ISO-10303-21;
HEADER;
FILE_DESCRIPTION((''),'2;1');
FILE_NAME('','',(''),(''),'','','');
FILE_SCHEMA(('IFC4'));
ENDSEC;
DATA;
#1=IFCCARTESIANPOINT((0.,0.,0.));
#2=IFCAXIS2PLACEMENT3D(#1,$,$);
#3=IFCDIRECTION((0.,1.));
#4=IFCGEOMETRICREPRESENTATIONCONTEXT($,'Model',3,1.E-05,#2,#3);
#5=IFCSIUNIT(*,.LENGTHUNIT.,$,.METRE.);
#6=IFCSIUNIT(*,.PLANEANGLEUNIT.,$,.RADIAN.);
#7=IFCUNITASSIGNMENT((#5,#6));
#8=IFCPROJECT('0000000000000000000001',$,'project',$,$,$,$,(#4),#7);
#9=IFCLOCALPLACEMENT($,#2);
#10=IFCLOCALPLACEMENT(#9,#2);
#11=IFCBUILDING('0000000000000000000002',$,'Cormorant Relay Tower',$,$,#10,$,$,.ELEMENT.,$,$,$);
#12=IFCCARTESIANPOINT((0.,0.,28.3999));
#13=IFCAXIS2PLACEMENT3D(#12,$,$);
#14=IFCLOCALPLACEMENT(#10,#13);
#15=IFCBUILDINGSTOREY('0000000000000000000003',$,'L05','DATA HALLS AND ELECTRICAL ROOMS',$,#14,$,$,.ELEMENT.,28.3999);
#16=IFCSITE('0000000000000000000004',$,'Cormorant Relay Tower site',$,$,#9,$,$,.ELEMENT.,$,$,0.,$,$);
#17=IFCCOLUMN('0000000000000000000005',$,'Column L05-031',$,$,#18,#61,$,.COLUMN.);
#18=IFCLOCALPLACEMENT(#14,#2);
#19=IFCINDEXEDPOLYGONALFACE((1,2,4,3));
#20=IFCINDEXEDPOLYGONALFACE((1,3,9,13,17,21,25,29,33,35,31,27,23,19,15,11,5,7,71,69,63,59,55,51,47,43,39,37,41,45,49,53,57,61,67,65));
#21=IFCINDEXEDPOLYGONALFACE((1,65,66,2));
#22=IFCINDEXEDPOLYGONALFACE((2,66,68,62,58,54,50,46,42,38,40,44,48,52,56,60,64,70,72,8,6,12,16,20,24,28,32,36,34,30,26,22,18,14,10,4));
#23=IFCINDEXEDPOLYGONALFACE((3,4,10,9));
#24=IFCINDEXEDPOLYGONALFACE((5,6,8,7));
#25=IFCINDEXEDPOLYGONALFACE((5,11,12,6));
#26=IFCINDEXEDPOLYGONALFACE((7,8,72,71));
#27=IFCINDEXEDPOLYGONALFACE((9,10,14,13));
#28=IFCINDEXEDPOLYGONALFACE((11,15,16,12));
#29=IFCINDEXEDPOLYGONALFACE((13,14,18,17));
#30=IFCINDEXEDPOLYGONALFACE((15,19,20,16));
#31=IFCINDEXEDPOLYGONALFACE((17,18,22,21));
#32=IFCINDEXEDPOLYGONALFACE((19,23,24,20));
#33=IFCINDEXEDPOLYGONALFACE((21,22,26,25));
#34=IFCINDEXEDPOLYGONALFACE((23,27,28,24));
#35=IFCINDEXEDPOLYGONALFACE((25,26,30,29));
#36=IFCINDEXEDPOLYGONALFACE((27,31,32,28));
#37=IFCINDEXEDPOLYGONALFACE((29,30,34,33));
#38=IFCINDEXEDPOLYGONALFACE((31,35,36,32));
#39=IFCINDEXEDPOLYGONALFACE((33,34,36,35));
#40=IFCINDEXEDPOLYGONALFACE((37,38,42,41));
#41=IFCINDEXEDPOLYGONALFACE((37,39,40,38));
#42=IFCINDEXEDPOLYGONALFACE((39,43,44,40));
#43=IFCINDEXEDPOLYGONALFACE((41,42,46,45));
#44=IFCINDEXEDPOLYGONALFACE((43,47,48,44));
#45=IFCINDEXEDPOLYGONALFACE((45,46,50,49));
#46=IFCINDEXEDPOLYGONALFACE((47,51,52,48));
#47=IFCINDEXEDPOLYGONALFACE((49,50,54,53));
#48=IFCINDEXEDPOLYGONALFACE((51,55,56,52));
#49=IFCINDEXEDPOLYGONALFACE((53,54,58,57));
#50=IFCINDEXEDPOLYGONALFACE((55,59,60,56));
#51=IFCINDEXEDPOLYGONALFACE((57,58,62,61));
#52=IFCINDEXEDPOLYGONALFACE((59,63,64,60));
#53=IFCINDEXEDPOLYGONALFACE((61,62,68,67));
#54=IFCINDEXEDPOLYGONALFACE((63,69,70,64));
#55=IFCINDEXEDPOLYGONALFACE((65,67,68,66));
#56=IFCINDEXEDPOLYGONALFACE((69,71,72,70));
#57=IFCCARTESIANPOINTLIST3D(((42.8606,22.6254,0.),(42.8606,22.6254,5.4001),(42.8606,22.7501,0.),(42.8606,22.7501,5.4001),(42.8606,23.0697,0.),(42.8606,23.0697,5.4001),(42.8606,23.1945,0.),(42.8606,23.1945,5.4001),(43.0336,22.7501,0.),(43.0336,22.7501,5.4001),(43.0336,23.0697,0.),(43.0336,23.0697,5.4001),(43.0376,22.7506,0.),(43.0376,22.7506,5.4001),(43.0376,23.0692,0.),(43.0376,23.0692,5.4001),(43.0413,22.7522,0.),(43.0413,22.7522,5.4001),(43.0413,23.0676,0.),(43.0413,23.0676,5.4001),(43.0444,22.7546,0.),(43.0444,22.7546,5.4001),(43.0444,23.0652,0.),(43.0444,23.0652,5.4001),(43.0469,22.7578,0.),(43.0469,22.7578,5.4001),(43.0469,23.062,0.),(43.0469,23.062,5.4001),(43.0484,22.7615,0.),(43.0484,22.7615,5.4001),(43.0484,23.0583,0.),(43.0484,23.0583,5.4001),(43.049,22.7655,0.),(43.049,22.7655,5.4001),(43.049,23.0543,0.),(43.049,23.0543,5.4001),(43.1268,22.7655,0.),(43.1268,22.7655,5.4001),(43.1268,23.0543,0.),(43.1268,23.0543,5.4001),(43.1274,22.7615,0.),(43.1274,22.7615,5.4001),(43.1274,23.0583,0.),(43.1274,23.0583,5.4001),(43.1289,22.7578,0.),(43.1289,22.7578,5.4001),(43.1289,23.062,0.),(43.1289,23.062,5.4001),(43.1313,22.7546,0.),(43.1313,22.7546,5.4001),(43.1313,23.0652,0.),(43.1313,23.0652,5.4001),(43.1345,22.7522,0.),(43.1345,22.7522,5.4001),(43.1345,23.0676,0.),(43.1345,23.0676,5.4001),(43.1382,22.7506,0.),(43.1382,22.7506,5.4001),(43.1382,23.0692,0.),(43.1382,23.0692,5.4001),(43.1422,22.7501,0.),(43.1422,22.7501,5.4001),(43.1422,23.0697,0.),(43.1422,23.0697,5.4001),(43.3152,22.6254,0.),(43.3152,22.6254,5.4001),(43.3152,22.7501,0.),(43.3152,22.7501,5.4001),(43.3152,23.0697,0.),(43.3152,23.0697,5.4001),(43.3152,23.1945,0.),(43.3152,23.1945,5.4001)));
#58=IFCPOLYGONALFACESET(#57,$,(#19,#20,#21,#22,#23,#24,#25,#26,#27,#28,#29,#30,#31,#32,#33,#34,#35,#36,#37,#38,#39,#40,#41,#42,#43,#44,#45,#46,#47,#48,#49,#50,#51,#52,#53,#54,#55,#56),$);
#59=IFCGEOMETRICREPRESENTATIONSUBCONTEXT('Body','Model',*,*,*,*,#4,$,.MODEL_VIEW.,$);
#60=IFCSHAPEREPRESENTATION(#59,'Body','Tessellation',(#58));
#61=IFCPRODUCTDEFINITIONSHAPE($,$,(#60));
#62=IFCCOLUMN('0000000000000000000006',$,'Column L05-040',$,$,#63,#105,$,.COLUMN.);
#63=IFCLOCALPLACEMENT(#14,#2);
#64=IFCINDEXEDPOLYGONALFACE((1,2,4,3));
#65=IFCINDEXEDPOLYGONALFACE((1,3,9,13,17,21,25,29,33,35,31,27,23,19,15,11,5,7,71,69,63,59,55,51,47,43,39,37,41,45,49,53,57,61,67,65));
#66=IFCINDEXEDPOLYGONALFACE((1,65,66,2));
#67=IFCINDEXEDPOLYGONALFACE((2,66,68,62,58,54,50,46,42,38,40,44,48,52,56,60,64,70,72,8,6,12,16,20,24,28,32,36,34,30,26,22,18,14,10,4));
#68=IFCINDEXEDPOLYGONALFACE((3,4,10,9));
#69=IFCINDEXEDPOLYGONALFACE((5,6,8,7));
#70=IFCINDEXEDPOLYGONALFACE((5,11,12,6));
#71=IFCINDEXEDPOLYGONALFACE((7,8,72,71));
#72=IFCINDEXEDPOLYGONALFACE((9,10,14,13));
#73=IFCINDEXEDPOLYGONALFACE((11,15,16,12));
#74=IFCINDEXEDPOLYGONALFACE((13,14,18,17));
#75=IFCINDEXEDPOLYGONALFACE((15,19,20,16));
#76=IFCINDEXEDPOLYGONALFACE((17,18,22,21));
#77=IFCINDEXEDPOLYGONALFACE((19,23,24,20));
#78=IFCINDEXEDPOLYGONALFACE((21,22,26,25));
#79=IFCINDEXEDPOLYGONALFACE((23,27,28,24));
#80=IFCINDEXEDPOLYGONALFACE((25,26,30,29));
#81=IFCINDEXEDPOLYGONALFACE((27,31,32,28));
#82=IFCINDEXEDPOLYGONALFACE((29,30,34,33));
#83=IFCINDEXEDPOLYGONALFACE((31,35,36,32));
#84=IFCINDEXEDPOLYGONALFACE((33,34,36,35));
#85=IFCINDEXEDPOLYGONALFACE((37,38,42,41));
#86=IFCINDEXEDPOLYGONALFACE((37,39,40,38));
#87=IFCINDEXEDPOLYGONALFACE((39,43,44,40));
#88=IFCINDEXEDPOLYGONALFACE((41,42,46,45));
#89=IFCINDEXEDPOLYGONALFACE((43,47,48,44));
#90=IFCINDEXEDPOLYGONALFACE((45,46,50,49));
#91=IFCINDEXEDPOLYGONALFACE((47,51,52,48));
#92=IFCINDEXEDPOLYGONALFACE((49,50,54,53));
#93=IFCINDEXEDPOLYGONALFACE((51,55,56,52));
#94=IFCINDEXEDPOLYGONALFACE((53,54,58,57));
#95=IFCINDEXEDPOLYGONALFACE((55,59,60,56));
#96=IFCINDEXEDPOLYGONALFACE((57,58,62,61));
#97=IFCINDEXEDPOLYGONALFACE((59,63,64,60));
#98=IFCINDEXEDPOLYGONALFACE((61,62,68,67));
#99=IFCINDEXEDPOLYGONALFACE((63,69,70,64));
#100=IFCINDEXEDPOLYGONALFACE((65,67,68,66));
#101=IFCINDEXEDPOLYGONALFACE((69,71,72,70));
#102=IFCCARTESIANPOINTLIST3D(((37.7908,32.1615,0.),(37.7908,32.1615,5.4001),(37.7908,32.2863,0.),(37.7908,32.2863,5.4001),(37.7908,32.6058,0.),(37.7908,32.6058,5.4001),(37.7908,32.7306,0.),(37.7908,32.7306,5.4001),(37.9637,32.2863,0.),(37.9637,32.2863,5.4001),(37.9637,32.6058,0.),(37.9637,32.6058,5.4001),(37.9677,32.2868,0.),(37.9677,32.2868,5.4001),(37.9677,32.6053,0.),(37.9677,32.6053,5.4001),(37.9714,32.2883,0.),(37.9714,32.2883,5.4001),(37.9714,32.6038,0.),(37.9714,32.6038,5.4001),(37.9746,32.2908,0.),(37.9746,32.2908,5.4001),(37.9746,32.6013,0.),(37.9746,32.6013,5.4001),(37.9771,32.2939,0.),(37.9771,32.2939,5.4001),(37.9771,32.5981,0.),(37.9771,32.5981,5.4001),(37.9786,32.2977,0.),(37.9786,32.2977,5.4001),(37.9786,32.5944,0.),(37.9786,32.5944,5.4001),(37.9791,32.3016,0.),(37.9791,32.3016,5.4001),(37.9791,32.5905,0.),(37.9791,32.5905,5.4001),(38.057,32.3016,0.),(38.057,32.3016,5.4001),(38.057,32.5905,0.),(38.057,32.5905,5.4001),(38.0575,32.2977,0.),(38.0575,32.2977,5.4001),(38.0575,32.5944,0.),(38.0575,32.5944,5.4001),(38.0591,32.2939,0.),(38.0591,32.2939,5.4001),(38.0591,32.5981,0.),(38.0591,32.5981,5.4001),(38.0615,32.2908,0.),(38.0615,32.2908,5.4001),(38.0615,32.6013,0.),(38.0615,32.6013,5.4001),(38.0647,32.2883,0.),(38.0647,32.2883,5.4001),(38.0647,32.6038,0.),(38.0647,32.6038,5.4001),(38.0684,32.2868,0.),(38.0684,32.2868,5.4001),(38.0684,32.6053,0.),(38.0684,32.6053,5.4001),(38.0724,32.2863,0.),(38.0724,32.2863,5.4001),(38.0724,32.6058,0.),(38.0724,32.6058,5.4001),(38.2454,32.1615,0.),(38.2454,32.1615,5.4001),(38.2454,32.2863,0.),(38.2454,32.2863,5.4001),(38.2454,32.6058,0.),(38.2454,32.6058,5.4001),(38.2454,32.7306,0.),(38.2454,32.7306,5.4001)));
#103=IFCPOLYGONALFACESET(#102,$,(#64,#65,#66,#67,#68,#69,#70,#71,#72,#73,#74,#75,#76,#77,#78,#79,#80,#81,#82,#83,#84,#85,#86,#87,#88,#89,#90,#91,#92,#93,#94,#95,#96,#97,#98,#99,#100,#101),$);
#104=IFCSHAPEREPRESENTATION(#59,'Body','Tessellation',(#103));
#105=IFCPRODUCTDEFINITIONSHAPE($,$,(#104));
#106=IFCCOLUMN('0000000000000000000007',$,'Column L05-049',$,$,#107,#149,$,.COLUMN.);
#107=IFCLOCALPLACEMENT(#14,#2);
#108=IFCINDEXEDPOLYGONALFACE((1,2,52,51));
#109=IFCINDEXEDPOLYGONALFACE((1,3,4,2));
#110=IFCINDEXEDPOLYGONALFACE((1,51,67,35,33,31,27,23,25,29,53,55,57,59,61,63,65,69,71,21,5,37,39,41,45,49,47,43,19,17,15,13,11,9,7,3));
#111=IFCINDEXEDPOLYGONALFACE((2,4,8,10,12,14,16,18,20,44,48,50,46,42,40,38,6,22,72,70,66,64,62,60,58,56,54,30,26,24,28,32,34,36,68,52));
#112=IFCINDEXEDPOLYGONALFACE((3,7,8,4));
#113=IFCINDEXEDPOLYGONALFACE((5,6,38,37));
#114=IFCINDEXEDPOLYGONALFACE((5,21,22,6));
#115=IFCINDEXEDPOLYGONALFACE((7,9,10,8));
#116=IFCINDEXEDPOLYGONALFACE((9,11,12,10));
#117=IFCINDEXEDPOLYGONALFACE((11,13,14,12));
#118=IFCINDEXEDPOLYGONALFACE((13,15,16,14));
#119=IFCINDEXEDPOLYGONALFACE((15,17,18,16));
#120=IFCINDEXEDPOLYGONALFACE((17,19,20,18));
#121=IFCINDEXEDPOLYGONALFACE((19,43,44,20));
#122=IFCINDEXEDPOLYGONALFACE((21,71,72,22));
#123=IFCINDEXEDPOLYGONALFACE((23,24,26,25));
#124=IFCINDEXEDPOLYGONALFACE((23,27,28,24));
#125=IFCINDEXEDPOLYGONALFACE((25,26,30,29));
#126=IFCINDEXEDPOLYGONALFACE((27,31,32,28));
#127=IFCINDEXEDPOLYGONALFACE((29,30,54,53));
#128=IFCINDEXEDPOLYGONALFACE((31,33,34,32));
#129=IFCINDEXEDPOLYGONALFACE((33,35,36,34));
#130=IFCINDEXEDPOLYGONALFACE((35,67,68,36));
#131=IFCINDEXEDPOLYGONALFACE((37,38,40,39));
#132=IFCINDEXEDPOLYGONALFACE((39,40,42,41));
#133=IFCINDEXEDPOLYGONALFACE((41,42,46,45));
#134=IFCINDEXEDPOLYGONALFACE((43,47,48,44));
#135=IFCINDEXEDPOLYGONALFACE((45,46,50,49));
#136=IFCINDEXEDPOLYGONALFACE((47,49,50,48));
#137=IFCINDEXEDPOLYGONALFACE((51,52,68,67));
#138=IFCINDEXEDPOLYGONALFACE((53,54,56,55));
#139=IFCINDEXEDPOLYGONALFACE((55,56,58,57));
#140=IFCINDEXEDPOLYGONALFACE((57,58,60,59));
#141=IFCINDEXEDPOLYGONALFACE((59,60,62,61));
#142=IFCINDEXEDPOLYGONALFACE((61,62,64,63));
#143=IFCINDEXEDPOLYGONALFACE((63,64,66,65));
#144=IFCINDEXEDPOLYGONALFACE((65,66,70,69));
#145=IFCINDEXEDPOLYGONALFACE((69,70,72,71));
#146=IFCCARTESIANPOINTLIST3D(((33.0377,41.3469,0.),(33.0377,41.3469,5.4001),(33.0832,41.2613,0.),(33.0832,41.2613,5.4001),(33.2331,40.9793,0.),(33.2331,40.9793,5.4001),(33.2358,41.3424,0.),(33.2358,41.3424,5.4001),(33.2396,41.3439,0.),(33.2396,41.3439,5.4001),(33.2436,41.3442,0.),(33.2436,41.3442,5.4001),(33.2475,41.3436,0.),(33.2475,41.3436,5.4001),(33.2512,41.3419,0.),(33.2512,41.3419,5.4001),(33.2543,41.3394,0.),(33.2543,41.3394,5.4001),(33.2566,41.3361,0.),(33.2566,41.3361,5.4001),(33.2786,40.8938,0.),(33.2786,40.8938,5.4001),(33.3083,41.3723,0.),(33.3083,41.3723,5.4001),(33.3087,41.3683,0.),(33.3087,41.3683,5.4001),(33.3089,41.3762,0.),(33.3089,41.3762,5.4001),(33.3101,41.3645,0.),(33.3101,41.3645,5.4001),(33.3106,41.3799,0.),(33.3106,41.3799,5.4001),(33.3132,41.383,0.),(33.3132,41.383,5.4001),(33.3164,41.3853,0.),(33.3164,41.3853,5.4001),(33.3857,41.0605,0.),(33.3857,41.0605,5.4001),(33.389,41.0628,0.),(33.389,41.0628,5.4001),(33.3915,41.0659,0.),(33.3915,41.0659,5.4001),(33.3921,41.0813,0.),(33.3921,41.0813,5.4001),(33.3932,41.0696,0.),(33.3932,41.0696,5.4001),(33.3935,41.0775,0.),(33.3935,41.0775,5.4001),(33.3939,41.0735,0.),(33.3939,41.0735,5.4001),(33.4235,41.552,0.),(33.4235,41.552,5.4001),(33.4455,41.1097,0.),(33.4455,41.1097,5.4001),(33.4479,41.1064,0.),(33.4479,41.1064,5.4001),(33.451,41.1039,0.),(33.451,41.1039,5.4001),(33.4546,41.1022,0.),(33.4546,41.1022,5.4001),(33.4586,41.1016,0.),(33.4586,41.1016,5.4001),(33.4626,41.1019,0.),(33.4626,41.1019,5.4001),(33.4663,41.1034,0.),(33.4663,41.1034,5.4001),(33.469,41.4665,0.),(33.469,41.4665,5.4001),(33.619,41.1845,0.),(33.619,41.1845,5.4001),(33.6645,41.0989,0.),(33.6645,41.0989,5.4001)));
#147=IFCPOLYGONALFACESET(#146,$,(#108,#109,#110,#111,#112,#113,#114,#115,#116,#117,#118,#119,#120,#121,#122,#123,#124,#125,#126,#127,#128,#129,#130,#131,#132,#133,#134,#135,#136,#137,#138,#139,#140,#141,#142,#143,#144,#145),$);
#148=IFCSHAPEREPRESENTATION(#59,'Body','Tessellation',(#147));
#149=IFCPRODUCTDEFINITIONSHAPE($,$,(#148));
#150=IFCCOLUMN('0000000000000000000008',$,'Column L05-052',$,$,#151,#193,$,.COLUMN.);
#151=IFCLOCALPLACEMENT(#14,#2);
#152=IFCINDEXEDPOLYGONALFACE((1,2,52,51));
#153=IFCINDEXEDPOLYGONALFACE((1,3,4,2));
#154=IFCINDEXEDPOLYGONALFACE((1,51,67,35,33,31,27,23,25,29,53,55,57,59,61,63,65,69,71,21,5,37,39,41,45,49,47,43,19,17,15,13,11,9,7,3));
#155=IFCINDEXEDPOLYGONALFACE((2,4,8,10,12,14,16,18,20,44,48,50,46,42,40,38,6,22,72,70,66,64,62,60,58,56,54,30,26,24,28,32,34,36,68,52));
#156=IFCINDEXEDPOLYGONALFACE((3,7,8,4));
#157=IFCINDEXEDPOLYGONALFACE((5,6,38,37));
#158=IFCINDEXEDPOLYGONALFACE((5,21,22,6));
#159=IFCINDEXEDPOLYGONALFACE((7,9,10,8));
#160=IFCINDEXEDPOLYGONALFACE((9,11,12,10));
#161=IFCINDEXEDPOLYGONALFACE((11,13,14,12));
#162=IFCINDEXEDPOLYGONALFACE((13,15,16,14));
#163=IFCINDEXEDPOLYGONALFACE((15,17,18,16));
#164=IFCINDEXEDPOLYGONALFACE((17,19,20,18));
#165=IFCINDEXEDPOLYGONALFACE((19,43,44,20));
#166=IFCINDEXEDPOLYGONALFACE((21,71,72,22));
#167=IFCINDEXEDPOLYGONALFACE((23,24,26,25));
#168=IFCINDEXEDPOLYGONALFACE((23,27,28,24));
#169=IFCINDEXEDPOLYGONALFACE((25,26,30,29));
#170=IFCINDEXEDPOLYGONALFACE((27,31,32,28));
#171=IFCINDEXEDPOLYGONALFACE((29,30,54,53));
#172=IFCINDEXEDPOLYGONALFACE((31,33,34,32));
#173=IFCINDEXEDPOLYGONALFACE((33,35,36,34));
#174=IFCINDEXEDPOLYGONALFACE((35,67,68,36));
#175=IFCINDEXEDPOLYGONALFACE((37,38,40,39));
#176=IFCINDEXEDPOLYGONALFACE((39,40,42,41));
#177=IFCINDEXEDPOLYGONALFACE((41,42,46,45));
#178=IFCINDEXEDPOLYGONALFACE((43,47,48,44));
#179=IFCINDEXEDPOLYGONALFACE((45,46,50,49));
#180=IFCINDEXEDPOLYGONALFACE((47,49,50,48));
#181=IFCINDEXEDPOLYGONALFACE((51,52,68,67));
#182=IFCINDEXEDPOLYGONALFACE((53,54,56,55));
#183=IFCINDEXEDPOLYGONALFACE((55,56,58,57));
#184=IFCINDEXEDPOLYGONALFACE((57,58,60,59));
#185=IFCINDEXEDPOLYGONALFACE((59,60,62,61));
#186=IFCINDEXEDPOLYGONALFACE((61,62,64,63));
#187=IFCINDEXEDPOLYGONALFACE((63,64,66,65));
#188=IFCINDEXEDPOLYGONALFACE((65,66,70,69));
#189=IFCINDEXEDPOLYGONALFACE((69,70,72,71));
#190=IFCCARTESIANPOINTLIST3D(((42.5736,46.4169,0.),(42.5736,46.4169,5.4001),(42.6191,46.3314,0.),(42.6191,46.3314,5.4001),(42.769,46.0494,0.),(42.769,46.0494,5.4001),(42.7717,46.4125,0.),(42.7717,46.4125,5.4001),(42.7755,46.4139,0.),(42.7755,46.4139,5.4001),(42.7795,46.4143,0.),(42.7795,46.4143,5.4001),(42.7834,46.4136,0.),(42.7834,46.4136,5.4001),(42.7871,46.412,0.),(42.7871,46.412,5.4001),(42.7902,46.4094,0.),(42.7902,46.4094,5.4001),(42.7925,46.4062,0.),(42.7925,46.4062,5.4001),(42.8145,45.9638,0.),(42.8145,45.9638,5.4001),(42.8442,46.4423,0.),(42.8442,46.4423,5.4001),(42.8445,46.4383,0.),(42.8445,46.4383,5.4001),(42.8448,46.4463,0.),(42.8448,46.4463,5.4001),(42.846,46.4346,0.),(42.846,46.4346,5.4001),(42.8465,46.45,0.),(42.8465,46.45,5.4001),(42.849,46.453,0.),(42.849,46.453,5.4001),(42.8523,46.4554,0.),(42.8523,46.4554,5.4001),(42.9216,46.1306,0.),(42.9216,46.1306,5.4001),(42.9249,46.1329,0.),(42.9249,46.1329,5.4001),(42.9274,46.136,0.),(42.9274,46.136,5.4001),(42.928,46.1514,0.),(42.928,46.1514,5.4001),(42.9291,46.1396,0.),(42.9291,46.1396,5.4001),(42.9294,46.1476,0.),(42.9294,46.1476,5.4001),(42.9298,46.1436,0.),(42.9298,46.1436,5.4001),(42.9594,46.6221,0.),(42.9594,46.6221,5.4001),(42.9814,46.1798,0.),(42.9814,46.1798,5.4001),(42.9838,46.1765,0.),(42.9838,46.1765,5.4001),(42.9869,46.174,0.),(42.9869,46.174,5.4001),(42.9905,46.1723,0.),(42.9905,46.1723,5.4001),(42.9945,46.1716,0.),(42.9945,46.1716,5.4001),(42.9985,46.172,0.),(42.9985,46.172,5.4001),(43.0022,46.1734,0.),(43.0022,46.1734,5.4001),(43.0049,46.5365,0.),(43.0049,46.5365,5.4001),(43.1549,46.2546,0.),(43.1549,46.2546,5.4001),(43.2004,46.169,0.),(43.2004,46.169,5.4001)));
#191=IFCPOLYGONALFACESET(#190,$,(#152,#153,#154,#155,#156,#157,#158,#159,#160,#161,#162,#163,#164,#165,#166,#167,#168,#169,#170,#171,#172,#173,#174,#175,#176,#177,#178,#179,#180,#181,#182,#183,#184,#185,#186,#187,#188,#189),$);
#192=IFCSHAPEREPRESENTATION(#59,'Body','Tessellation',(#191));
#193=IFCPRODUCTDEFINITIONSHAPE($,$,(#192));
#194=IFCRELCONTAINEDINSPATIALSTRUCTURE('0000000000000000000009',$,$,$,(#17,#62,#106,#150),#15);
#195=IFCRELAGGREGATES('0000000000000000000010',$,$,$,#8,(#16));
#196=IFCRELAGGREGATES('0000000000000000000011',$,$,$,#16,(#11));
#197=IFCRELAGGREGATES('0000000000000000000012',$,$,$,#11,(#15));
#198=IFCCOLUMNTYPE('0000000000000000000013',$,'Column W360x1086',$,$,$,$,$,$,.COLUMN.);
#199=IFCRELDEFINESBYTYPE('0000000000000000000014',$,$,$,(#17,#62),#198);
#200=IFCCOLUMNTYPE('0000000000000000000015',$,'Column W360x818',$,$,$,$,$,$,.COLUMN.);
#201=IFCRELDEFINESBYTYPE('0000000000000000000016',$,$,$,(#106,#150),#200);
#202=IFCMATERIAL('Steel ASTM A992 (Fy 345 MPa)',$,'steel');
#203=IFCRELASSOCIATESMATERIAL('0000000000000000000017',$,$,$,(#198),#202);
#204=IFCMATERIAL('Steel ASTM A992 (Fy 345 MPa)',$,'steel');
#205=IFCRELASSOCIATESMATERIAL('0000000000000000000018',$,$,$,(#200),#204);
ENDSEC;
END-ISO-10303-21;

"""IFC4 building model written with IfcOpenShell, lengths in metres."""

from ifc_helpers import new_model, si_unit, direction, frame, origin, origin_2d, place, context, subcontext, project, spatial, i_section, extrude, material, material_profile, profile_set, type_object, element, save


model = new_model("IFC4")

# Units and contexts
model_context = context("Model", 3, precision=1e-05, world=origin(), true_north=direction((0.0, 1.0)))
body_context = subcontext(model_context, "Body", "Model", "MODEL_VIEW")
ifc_project = project(units=[si_unit("LENGTHUNIT", "METRE"), si_unit("PLANEANGLEUNIT", "RADIAN")], contexts=[model_context])

# Site, building, storey
site_placement = place(None, origin())
site = spatial("IfcSite", under=ifc_project, at=site_placement, Name="Cormorant Relay Tower site", CompositionType="ELEMENT", RefElevation=0.0)
building_placement = place(site_placement, origin())
building = spatial("IfcBuilding", under=site, at=building_placement, Name="Cormorant Relay Tower", CompositionType="ELEMENT")
storey_placement = place(building_placement, frame((0.0, 0.0, 28.3999)))
storey = spatial("IfcBuildingStorey", under=building, at=storey_placement, Name="L05", Description="DATA HALLS AND ELECTRICAL ROOMS", CompositionType="ELEMENT", Elevation=28.3999)

# Columns
ifc_material_1 = material(Name="Steel ASTM A992 (Fy 345 MPa)", Category="steel")
ifc_material_profile_1 = material_profile(ifc_material_1, i_section(OverallWidth=0.4546, OverallDepth=0.5691, WebThickness=0.0779, FlangeThickness=0.1248, FilletRadius=0.0154, at=origin_2d()), Name="W360x1086")
ifc_profile_set_1 = profile_set([ifc_material_profile_1], Name="Steel ASTM A992 (Fy 345 MPa)")
column_type_1 = type_object("IfcColumnType", Name="Column W360x1086", PredefinedType="COLUMN", material=ifc_profile_set_1)
for number, where, z_axis, x_axis, name in (
    (1, (43.0879, 22.9099, 0.0), (0.0, 0.0, 1.0), (1.0, 0.0, 0.0), "Column L05-031"),
    (2, (38.0181, 32.446, 0.0), (0.0, 0.0, 1.0), (1.0, 0.0, 0.0), "Column L05-040"),
):
    element("IfcColumn", number, at=place(storey_placement, frame(where, z_axis=z_axis, x_axis=x_axis)), inside=storey, type_object=column_type_1, Name=name, PredefinedType="COLUMN", context=body_context, shape_type="SweptSolid", body=[
        extrude(i_section(OverallWidth=0.4546, OverallDepth=0.5691, WebThickness=0.0779, FlangeThickness=0.1248, FilletRadius=0.0154, at=origin_2d()), origin(), (0.0, 0.0, 1.0), 5.4001),
    ])
ifc_material_2 = material(Name="Steel ASTM A992 (Fy 345 MPa)", Category="steel")
ifc_material_profile_2 = material_profile(ifc_material_2, i_section(OverallWidth=0.437, OverallDepth=0.5132, WebThickness=0.0605, FlangeThickness=0.0969, FilletRadius=0.0154, at=origin_2d()), Name="W360x818")
ifc_profile_set_2 = profile_set([ifc_material_profile_2], Name="Steel ASTM A992 (Fy 345 MPa)")
column_type_2 = type_object("IfcColumnType", Name="Column W360x818", PredefinedType="COLUMN", material=ifc_profile_set_2)
for number, where, z_axis, x_axis, name in (
    (3, (33.3511, 41.2229, 0.0), (0.0, 0.0, 1.0), (-0.882948, -0.469472, 0.0), "Column L05-049"),
    (4, (42.887, 46.293, 0.0), (0.0, 0.0, 1.0), (-0.882948, -0.469472, 0.0), "Column L05-052"),
):
    element("IfcColumn", number, at=place(storey_placement, frame(where, z_axis=z_axis, x_axis=x_axis)), inside=storey, type_object=column_type_2, Name=name, PredefinedType="COLUMN", context=body_context, shape_type="SweptSolid", body=[
        extrude(i_section(OverallWidth=0.437, OverallDepth=0.5132, WebThickness=0.0605, FlangeThickness=0.0969, FilletRadius=0.0154, at=origin_2d()), origin(), (0.0, 0.0, 1.0), 5.4001),
    ])

save(model, "model.ifc")
